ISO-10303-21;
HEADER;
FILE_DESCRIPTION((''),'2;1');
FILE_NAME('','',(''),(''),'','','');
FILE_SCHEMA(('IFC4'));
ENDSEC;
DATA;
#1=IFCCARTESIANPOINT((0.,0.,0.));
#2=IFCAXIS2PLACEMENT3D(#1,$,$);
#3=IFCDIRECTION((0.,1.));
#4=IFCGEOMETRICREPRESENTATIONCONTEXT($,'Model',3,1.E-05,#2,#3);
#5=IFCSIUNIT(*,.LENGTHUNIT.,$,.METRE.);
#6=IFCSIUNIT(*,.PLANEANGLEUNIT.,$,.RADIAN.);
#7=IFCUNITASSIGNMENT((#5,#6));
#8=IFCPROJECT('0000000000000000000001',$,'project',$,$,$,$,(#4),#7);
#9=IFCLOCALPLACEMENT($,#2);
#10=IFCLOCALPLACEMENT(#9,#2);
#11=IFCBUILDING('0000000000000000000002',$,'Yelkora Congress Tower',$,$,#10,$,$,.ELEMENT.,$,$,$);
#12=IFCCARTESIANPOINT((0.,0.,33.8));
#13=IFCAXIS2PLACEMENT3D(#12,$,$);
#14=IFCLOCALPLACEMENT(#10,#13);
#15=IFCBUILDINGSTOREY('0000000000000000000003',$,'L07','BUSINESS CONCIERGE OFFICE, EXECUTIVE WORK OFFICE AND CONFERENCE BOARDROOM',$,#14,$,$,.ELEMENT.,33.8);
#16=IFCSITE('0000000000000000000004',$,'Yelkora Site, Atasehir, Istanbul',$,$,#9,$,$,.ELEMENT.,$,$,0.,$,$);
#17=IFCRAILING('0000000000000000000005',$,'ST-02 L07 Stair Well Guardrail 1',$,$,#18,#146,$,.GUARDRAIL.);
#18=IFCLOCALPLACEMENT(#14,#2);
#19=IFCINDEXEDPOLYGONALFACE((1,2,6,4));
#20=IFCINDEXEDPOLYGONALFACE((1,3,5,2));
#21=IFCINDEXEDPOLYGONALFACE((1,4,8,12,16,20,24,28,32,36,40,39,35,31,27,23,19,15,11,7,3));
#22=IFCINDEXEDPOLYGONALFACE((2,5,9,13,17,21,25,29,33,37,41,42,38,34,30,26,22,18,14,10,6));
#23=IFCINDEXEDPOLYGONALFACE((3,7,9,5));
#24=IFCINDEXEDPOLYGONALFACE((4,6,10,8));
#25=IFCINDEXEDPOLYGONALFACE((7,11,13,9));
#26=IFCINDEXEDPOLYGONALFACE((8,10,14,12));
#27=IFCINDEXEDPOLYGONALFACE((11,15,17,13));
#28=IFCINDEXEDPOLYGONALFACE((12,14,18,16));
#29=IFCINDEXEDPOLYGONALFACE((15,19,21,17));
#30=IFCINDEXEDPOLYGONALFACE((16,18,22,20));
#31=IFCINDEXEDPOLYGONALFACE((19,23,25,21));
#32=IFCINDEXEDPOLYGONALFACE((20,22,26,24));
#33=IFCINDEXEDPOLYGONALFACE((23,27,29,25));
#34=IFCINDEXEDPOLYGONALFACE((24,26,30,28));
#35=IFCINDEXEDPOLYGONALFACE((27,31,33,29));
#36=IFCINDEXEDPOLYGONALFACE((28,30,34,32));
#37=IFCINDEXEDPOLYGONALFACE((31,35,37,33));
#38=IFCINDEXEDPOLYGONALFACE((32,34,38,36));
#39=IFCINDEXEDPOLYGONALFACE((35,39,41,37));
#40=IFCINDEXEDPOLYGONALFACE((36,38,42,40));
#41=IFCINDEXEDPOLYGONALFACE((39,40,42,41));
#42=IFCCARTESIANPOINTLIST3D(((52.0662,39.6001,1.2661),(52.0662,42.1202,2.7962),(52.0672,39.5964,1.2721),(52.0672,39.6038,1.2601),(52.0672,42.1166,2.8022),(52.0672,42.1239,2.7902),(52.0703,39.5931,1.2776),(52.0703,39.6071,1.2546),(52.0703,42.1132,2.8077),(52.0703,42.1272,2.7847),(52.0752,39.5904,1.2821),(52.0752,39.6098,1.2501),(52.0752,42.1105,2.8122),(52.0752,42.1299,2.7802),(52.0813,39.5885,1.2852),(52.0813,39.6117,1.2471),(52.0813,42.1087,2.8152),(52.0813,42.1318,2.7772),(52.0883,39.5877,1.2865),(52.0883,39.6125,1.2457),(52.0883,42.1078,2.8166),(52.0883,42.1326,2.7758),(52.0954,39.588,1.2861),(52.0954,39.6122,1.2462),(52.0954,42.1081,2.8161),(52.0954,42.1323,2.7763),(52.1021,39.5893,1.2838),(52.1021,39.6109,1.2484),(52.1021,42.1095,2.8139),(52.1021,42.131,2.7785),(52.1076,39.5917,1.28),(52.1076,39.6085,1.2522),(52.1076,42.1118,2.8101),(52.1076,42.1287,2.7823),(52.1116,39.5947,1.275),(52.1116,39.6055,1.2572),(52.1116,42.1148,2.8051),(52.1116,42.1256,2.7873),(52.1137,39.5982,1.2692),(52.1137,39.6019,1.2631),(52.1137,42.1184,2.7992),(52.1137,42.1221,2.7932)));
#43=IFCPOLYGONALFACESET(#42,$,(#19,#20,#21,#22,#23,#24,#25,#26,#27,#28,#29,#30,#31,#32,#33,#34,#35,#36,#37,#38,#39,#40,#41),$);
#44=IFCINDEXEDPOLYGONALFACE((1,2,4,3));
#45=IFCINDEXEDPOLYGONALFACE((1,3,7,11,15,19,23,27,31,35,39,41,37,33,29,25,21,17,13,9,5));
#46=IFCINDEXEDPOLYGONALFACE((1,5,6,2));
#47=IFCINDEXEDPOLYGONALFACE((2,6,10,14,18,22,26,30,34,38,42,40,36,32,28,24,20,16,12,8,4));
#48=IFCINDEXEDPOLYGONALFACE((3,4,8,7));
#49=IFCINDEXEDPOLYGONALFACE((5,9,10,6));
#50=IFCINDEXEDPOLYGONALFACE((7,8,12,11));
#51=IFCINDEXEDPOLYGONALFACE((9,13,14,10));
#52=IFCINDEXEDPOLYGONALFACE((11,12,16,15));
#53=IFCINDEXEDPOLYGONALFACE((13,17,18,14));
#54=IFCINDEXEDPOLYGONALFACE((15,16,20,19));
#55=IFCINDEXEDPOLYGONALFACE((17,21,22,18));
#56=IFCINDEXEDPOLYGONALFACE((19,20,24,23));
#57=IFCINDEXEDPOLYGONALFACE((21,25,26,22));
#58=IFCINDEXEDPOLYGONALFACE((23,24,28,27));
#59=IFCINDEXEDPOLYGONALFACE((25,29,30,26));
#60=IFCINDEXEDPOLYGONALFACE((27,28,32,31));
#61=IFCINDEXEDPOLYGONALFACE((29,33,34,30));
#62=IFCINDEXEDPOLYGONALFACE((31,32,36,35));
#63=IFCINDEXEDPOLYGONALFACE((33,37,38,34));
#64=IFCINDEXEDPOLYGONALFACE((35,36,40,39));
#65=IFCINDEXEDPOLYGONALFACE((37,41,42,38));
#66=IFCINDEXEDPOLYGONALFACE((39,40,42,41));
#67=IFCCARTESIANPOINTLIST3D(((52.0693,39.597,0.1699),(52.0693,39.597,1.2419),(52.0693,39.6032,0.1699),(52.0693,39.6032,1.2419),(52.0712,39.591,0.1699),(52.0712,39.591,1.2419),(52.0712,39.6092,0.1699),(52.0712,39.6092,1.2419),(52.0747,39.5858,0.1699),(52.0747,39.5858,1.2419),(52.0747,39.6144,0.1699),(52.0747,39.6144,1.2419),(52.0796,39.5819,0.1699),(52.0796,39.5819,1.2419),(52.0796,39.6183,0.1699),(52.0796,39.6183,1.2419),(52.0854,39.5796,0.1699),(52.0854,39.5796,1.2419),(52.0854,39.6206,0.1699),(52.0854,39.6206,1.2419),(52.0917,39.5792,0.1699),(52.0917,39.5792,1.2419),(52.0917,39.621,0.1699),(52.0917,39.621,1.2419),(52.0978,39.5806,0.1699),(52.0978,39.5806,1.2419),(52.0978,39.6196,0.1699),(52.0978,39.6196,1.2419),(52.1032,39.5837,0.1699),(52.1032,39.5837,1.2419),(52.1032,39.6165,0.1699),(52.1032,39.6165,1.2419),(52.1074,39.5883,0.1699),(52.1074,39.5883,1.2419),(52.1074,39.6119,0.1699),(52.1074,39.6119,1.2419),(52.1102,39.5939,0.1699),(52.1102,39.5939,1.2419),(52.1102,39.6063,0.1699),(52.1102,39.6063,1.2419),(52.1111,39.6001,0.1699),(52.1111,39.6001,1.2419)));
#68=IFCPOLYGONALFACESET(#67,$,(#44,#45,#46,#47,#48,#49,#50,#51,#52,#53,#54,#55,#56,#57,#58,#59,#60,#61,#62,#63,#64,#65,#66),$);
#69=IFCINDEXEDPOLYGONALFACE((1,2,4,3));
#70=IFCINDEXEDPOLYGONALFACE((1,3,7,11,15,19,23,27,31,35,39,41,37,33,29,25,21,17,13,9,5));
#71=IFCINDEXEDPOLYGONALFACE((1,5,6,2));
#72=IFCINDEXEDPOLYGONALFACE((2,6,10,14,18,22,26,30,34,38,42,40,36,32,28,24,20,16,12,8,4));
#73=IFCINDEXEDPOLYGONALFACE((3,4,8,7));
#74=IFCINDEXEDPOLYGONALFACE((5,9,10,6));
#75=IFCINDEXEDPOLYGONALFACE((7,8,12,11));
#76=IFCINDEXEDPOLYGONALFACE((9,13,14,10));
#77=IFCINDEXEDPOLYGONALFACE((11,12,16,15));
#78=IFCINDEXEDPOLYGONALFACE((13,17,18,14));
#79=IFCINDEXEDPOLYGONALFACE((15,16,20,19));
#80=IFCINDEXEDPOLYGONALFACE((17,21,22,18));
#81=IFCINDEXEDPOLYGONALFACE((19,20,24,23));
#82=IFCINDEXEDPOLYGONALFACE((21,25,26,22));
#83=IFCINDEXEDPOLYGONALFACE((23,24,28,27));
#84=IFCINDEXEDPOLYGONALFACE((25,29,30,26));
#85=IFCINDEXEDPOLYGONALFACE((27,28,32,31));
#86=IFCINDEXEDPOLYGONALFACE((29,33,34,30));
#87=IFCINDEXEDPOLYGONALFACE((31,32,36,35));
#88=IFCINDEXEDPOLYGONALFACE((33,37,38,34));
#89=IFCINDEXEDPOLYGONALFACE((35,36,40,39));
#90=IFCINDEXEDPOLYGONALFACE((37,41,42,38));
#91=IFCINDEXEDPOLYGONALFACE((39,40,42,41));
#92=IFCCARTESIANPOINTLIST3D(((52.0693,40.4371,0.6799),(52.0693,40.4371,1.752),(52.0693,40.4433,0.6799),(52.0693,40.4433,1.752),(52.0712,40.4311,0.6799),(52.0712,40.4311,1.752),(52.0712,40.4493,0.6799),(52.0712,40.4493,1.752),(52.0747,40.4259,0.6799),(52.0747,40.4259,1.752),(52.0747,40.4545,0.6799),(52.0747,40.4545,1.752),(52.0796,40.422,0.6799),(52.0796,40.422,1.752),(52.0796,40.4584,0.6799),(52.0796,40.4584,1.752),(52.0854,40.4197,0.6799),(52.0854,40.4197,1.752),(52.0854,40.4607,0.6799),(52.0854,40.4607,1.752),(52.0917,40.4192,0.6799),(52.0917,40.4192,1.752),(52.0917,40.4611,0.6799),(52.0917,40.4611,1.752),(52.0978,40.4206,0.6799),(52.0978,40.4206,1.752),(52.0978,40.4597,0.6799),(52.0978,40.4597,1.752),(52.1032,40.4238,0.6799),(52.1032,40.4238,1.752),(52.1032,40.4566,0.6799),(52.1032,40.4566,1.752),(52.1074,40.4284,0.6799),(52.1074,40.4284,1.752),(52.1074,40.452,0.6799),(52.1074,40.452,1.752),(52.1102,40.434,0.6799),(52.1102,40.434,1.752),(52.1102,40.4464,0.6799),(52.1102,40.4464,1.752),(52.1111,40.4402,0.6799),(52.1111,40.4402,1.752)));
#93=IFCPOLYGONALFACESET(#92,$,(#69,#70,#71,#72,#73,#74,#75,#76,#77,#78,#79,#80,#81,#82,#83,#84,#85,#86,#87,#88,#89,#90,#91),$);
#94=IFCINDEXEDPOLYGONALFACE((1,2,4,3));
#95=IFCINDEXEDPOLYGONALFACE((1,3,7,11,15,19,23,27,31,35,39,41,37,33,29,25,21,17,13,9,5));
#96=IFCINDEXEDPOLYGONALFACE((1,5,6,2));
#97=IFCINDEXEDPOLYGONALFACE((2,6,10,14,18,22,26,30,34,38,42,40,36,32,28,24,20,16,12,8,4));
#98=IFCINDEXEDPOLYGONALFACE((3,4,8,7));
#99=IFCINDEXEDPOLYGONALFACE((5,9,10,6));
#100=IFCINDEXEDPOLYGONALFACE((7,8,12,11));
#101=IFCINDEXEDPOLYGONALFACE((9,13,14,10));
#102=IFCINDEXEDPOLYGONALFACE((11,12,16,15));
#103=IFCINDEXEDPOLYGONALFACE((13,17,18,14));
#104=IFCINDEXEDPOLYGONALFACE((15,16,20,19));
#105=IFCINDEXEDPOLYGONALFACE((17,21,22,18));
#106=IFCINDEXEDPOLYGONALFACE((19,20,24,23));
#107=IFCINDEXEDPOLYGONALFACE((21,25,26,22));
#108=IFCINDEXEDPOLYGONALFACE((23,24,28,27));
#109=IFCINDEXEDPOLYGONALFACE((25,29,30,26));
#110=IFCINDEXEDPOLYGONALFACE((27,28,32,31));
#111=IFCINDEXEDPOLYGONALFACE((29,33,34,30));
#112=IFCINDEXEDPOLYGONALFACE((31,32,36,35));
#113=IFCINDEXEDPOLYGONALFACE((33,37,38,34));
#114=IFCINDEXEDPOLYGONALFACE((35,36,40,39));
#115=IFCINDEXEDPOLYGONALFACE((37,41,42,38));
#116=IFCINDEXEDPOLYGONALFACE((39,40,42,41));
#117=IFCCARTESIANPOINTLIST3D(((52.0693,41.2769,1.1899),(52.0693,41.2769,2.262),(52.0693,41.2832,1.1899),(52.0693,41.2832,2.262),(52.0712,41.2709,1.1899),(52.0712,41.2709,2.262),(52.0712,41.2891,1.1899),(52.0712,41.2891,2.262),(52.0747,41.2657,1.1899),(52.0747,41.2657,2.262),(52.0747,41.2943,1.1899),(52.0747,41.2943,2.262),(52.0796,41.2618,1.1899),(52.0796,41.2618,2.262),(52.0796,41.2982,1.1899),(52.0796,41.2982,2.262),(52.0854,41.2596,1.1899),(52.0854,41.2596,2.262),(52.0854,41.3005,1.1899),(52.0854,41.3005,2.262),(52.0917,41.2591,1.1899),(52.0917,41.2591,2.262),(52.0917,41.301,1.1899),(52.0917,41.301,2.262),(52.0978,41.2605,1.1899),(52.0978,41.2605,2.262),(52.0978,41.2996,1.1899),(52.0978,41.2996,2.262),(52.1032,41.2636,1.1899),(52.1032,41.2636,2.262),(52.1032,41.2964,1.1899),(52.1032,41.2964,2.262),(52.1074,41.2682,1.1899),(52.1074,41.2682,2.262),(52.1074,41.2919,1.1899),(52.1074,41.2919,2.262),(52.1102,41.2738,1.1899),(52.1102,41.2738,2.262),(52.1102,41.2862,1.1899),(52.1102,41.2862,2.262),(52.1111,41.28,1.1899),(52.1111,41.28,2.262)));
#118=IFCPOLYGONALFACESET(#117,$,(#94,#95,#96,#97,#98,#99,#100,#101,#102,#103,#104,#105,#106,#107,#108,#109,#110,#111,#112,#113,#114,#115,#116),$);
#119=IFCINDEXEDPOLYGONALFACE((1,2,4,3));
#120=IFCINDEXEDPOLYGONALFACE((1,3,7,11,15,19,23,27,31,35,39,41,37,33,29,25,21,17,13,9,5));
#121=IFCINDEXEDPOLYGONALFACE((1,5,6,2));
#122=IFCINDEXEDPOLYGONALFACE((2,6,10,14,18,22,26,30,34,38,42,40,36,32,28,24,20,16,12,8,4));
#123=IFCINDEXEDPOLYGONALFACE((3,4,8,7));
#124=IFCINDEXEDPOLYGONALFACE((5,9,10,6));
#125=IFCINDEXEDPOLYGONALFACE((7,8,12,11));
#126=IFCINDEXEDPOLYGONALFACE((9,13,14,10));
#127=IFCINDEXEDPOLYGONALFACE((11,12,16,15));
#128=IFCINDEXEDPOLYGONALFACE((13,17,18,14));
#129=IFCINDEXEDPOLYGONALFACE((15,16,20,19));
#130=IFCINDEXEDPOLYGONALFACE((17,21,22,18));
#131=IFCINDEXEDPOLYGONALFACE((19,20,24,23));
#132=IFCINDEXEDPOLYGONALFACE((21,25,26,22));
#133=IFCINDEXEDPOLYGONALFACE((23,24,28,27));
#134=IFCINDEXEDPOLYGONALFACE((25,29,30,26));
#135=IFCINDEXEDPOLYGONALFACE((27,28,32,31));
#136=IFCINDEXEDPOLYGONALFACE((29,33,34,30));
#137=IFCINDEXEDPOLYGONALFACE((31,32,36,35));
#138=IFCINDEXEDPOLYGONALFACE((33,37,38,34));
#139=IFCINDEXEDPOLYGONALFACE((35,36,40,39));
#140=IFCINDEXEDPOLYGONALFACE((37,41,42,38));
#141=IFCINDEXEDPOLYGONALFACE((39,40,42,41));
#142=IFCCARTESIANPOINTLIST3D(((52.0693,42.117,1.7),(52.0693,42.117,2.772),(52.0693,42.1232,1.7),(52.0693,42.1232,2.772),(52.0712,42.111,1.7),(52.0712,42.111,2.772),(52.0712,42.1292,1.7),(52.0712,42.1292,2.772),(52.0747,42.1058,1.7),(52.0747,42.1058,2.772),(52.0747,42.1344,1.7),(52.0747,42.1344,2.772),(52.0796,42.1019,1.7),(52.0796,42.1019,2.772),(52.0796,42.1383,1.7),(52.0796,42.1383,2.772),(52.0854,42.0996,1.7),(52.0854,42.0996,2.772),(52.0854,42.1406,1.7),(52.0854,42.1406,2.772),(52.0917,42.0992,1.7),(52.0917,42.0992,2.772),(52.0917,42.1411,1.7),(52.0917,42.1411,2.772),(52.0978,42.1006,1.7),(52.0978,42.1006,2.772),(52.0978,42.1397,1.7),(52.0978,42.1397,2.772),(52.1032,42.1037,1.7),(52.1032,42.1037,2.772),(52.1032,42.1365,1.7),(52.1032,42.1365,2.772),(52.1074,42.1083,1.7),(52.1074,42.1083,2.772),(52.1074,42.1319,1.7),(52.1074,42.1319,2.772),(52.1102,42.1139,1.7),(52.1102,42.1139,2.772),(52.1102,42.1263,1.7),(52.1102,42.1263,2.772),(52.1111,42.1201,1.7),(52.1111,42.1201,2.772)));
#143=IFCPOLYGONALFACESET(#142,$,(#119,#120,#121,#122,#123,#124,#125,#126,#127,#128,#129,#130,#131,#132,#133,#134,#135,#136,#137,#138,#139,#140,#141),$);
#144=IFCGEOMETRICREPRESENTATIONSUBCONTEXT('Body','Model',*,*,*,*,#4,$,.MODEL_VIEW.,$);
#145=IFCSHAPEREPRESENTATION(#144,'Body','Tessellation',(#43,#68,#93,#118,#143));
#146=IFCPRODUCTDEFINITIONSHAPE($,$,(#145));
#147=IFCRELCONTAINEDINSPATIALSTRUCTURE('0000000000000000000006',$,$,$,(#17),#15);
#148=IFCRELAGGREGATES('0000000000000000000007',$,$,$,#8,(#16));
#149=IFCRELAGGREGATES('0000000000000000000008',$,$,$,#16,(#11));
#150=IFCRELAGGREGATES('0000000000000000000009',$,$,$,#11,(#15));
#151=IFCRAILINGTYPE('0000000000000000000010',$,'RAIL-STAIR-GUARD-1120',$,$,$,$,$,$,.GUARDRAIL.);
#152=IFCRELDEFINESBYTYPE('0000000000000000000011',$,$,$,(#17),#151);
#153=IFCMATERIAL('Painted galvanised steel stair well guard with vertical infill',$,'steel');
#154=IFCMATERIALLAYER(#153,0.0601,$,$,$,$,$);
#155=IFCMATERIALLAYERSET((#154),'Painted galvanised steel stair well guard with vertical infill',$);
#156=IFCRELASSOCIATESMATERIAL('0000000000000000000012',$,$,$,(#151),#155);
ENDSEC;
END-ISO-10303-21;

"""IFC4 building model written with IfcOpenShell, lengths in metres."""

from ifc_helpers import new_model, si_unit, direction, frame, origin, origin_2d, place, context, subcontext, project, spatial, circle, extrude, material, layer, layer_set, type_object, element, save


model = new_model("IFC4")

# Units and contexts
model_context = context("Model", 3, precision=1e-05, world=origin(), true_north=direction((0.0, 1.0)))
body_context = subcontext(model_context, "Body", "Model", "MODEL_VIEW")
ifc_project = project(units=[si_unit("LENGTHUNIT", "METRE"), si_unit("PLANEANGLEUNIT", "RADIAN")], contexts=[model_context])

# Site, building, storey
site_placement = place(None, origin())
site = spatial("IfcSite", under=ifc_project, at=site_placement, Name="Yelkora Site, Atasehir, Istanbul", CompositionType="ELEMENT", RefElevation=0.0)
building_placement = place(site_placement, origin())
building = spatial("IfcBuilding", under=site, at=building_placement, Name="Yelkora Congress Tower", CompositionType="ELEMENT")
storey_placement = place(building_placement, frame((0.0, 0.0, 33.8)))
storey = spatial("IfcBuildingStorey", under=building, at=storey_placement, Name="L07", Description="BUSINESS CONCIERGE OFFICE, EXECUTIVE WORK OFFICE AND CONFERENCE BOARDROOM", CompositionType="ELEMENT", Elevation=33.8)

# Railing
ifc_material_1 = material(Name="Painted galvanised steel stair well guard with vertical infill", Category="steel")
ifc_layer_1 = layer(ifc_material_1, 0.0601)
ifc_layer_set_1 = layer_set([ifc_layer_1], Name="Painted galvanised steel stair well guard with vertical infill")
railing_type_1 = type_object("IfcRailingType", Name="RAIL-STAIR-GUARD-1120", PredefinedType="GUARDRAIL", material=ifc_layer_set_1)
railing_1_placement = place(storey_placement, frame((52.0901, 39.6001, 0.1699)))
element("IfcRailing", 1, at=railing_1_placement, inside=storey, type_object=railing_type_1, Name="ST-02 L07 Stair Well Guardrail 1", PredefinedType="GUARDRAIL", context=body_context, shape_type="SweptSolid", body=[
    extrude(circle(Radius=0.0239, at=origin_2d()), frame((0.0, 0.0, 1.0962), z_axis=(0.0, 0.854785, 0.518982), x_axis=(-1.0, 0.0, 0.0)), (0.0, 0.0, 1.0), 2.9482),
    extrude(circle(Radius=0.021, at=origin_2d()), origin(), (0.0, 0.0, 1.0), 1.072),
    extrude(circle(Radius=0.021, at=origin_2d()), frame((0.0, 0.8401, 0.51)), (0.0, 0.0, 1.0), 1.072),
    extrude(circle(Radius=0.021, at=origin_2d()), frame((0.0, 1.6799, 1.02)), (0.0, 0.0, 1.0), 1.072),
    extrude(circle(Radius=0.021, at=origin_2d()), frame((0.0, 2.52, 1.53)), (0.0, 0.0, 1.0), 1.072),
])

save(model, "model.ifc")
